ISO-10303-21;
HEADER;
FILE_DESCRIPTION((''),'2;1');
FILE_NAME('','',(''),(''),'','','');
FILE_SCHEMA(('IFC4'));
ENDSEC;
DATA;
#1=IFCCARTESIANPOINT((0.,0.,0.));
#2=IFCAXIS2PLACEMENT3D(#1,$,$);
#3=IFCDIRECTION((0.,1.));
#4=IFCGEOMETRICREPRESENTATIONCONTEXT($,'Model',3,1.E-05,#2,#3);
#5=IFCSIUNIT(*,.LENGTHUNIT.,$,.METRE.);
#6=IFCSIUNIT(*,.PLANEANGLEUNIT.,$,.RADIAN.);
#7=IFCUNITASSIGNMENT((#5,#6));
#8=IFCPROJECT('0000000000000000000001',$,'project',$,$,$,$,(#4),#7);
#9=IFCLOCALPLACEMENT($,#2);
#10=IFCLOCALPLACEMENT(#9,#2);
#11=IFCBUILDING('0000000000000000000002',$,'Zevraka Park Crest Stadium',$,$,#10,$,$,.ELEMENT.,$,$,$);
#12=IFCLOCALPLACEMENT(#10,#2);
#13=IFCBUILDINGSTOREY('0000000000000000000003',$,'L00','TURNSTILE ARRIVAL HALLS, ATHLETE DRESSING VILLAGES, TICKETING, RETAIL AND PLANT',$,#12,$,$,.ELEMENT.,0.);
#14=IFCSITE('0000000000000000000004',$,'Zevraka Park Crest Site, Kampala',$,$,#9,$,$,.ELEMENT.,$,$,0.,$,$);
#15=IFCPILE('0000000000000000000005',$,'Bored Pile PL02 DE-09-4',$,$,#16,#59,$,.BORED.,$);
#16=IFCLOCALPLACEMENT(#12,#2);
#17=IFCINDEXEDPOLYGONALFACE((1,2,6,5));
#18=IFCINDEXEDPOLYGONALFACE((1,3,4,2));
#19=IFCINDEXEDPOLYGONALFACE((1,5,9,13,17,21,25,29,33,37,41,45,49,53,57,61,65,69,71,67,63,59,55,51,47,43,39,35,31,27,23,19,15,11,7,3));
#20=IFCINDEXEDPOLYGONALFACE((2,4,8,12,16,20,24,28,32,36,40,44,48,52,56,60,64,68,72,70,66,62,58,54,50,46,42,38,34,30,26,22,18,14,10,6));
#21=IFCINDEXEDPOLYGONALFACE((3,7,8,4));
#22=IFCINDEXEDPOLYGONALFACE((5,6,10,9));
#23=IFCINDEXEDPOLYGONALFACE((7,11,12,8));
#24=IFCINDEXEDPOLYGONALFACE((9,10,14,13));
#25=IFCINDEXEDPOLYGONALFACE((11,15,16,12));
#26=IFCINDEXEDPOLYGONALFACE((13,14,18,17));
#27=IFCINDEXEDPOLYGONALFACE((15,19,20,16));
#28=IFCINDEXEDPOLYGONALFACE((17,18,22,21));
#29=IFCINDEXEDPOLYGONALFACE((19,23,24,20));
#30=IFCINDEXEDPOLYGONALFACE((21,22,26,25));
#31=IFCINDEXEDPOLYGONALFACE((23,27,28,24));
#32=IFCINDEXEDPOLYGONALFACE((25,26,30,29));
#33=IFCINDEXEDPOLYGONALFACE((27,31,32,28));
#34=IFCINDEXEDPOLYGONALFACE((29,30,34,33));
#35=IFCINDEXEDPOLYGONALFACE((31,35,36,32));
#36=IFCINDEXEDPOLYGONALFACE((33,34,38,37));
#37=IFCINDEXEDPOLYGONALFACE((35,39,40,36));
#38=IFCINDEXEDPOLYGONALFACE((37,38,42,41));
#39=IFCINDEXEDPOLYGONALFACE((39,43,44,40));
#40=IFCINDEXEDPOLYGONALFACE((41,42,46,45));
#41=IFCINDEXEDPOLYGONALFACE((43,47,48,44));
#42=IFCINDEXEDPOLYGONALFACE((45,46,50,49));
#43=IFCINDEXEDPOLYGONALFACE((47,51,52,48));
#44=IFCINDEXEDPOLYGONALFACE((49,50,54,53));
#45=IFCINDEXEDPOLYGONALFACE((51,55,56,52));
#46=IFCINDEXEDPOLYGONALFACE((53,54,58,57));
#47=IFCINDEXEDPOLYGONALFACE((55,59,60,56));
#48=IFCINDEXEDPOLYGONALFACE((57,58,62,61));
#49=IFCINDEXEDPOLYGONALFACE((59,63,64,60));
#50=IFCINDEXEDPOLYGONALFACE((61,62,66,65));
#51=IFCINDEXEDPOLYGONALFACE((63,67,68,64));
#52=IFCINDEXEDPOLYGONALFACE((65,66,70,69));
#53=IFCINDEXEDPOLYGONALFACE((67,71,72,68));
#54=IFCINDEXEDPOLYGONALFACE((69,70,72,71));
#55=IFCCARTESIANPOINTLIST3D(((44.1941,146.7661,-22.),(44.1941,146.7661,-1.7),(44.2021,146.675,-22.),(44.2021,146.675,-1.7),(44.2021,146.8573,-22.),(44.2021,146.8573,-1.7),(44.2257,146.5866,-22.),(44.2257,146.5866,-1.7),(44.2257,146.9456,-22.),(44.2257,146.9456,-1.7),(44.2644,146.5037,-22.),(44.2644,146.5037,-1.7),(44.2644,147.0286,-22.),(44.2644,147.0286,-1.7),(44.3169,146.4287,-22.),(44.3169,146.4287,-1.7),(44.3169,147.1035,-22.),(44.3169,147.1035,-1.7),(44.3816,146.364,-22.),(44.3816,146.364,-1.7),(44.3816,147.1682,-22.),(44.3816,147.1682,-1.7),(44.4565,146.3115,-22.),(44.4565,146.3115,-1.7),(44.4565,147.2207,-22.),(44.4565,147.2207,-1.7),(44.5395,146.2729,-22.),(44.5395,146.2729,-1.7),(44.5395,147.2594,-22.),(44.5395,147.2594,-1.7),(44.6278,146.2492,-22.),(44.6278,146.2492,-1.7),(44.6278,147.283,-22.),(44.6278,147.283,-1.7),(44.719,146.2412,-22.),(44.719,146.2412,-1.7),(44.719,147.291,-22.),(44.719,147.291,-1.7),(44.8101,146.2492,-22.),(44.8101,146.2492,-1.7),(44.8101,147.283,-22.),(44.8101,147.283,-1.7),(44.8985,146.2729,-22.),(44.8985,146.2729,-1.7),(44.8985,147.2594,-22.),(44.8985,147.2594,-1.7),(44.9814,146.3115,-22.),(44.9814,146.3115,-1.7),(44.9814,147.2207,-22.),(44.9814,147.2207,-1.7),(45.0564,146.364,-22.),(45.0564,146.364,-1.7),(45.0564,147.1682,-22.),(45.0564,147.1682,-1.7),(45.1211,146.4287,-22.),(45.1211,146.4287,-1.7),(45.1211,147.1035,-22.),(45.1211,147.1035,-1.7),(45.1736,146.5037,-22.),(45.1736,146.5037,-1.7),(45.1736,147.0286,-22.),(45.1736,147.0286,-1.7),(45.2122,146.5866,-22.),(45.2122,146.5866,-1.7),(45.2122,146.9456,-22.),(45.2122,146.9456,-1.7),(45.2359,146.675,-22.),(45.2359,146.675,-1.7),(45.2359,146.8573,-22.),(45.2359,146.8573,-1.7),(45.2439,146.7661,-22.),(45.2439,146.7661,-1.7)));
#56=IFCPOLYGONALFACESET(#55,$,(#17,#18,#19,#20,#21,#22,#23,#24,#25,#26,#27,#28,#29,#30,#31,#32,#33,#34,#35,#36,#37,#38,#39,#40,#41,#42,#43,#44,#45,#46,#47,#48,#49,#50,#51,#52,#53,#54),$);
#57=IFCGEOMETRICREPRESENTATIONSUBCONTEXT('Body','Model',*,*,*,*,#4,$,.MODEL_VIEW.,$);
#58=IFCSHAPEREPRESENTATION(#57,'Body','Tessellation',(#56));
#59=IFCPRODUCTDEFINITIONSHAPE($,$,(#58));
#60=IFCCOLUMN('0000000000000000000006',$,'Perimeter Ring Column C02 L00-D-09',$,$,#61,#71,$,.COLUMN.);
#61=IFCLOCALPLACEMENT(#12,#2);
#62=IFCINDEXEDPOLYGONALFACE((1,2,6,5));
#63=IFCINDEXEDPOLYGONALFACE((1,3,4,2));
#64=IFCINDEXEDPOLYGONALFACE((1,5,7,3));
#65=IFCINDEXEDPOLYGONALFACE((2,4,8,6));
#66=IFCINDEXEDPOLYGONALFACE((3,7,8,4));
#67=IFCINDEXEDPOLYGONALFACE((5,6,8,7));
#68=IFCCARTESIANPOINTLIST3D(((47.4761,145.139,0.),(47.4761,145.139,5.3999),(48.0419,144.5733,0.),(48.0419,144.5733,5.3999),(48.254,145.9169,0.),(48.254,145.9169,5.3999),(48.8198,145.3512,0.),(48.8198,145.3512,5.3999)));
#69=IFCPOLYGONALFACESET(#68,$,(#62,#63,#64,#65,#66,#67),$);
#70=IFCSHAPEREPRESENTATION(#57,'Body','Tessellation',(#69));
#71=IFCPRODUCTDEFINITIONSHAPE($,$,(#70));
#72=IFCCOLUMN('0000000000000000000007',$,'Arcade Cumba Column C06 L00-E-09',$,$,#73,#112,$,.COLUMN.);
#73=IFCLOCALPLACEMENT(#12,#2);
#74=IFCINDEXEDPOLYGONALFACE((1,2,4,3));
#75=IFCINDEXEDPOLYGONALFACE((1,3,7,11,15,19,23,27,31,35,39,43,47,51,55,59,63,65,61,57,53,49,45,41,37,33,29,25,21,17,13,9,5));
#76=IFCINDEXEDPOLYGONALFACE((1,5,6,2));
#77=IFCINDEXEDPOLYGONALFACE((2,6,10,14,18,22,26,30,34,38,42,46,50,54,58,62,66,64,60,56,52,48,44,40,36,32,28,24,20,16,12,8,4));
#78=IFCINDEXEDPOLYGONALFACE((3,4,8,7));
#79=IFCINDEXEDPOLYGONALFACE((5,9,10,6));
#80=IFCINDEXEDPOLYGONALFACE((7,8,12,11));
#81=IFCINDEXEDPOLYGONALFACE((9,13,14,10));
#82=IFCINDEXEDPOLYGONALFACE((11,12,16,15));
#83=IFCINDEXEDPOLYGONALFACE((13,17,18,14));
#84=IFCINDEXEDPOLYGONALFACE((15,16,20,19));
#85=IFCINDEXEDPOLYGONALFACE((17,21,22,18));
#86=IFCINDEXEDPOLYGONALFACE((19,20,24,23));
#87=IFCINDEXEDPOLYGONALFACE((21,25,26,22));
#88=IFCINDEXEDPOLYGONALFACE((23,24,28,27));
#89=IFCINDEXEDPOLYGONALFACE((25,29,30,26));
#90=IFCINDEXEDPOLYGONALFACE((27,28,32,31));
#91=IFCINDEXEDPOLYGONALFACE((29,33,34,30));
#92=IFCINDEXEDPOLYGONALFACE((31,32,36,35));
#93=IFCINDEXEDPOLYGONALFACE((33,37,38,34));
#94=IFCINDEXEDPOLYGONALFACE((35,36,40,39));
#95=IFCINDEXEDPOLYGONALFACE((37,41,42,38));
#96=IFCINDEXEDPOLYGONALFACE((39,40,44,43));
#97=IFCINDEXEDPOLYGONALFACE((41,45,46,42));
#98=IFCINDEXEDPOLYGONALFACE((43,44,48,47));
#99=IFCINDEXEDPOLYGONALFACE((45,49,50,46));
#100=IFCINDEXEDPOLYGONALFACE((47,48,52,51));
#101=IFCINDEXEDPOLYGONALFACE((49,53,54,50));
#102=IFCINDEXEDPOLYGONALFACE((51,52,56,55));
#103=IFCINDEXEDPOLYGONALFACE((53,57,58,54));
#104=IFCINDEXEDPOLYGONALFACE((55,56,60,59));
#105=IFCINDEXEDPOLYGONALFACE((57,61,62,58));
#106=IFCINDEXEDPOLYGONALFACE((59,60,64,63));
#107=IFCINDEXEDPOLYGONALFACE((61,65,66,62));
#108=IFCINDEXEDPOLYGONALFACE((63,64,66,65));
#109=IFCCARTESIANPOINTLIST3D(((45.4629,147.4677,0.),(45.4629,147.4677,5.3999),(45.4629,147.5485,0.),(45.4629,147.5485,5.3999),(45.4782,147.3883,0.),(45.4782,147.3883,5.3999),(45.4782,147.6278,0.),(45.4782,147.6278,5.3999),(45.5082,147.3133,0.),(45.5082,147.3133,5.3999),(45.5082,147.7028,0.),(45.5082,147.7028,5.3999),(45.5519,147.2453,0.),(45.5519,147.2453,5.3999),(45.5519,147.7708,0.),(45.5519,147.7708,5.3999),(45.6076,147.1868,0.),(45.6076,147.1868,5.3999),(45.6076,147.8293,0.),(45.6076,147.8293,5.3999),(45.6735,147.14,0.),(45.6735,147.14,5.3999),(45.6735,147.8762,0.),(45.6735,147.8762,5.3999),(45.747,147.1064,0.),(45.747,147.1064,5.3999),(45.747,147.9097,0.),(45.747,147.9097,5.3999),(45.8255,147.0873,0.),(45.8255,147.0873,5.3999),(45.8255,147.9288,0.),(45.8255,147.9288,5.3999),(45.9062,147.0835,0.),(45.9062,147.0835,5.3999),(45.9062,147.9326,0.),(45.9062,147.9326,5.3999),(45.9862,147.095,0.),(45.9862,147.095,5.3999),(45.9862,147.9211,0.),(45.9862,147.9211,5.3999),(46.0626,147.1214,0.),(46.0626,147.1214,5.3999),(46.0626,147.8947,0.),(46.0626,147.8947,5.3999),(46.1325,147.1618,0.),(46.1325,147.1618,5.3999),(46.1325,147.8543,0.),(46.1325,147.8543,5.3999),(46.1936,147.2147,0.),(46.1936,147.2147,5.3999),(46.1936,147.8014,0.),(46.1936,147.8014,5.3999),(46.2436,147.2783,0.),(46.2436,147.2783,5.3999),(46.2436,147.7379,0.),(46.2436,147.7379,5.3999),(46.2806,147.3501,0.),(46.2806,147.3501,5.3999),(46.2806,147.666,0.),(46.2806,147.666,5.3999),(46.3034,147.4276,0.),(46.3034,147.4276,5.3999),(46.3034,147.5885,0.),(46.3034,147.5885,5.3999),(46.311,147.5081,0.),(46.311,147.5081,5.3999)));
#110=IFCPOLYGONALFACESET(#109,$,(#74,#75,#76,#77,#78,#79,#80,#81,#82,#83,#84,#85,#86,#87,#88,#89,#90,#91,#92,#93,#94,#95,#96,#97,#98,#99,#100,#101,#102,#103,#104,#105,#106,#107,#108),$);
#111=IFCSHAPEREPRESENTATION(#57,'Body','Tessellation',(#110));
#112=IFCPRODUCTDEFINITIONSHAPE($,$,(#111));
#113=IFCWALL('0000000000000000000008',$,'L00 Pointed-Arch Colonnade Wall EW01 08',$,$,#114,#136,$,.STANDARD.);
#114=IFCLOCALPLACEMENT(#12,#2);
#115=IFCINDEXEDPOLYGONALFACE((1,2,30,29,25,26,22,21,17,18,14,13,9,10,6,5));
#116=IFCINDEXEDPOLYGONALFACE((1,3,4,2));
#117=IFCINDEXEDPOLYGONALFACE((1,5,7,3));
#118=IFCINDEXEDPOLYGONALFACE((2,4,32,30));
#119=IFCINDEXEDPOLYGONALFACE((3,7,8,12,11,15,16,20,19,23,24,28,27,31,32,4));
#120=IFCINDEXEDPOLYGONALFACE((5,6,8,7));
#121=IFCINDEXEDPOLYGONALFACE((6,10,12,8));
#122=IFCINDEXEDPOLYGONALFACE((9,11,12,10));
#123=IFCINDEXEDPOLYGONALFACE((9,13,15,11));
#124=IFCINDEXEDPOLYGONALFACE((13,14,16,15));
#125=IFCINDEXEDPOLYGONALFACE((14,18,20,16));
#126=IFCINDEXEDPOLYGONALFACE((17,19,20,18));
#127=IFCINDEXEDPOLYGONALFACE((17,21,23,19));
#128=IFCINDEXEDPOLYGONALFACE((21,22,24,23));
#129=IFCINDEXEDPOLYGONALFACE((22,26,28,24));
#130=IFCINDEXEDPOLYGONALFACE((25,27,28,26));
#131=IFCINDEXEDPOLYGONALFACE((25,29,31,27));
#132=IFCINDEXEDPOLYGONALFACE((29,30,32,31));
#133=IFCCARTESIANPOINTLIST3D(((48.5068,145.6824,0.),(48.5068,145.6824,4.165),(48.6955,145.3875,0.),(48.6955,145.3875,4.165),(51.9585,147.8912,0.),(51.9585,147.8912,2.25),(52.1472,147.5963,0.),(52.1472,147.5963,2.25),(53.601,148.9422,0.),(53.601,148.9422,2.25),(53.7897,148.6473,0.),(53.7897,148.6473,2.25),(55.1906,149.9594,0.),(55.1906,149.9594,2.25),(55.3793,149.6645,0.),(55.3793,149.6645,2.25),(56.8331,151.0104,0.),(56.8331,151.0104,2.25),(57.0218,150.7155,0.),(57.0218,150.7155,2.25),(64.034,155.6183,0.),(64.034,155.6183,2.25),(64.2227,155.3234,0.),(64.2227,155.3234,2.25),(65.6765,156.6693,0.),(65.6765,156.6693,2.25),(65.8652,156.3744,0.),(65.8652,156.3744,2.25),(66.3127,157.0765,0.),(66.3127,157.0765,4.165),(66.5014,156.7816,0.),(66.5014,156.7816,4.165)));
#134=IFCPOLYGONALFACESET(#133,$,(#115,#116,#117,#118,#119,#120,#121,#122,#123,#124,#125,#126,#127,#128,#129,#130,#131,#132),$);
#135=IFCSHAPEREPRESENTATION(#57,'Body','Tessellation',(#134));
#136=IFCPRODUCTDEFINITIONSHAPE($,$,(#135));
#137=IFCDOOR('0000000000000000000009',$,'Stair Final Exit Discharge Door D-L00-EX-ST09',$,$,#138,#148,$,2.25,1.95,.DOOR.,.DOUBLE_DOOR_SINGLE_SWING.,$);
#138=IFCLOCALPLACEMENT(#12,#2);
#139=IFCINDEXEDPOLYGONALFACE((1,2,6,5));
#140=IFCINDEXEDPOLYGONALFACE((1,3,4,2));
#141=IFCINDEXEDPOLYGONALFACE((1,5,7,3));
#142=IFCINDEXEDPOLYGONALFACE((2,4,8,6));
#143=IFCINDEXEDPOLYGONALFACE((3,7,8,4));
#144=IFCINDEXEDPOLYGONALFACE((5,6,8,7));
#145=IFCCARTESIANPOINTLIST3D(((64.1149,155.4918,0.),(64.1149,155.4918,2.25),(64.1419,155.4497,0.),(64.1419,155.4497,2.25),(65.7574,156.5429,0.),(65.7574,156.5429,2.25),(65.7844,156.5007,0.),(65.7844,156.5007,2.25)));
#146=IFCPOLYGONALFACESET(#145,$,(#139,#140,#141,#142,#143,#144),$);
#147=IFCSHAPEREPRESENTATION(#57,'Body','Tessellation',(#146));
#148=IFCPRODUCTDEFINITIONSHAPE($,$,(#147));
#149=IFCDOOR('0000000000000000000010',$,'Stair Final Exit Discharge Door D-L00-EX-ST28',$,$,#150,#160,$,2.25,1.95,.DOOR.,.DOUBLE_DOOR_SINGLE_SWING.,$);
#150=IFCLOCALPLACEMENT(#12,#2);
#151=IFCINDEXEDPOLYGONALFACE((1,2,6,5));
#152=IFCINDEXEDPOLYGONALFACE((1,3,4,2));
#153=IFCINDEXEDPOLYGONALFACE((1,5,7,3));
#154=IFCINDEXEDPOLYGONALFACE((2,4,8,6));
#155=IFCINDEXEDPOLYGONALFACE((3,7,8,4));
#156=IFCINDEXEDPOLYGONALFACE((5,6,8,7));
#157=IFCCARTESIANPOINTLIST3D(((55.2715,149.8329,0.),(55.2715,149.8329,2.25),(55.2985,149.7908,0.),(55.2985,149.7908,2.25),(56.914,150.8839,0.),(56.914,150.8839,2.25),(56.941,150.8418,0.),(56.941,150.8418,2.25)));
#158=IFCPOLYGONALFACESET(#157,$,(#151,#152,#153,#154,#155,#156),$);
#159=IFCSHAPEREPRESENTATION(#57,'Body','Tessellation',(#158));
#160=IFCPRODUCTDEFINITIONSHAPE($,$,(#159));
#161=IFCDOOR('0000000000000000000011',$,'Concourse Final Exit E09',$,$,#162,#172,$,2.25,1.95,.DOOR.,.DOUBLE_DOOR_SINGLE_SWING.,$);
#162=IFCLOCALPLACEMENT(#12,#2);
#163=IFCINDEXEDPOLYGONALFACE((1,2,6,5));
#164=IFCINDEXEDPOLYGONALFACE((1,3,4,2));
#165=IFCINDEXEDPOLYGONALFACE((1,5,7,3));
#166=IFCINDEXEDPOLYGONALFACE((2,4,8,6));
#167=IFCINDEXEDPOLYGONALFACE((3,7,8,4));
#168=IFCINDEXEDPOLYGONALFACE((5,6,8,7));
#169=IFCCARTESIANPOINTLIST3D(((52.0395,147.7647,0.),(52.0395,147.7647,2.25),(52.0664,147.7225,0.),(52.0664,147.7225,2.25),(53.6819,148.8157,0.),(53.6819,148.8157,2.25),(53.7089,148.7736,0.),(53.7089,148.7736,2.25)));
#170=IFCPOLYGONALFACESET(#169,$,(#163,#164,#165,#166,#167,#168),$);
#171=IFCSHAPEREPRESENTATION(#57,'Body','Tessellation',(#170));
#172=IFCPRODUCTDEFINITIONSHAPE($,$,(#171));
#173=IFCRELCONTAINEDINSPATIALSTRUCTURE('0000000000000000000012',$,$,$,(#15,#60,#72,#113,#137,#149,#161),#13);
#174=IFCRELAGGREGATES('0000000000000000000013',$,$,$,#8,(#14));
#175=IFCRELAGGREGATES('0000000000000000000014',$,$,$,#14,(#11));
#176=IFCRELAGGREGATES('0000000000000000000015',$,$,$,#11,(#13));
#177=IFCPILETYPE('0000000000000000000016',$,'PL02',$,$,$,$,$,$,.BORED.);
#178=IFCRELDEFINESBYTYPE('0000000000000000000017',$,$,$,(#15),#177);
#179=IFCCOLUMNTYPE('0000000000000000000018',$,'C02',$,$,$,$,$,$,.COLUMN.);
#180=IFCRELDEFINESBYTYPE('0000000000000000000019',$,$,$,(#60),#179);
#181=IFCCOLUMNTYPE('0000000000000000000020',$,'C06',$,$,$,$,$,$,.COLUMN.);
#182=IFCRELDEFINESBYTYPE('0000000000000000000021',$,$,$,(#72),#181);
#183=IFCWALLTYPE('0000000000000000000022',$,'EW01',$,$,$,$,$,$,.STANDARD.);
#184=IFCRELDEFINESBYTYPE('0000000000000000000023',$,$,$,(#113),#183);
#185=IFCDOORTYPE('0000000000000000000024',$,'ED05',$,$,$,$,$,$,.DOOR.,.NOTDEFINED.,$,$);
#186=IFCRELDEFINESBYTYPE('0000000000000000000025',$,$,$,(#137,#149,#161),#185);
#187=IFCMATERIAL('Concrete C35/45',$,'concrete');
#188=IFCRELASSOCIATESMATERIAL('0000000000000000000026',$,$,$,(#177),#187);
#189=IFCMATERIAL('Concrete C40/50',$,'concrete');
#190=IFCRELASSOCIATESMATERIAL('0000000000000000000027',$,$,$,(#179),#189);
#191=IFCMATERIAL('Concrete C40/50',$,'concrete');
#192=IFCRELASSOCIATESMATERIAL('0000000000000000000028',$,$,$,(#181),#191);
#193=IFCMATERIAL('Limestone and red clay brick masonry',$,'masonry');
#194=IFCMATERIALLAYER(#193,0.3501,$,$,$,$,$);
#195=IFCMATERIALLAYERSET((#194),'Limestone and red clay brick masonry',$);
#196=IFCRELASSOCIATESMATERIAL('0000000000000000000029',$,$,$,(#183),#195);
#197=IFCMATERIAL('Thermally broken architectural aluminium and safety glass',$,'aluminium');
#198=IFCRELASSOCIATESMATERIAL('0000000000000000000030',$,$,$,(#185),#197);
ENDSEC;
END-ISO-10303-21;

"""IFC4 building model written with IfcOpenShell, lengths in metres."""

from ifc_helpers import new_model, si_unit, direction, frame, frame_2d, origin, origin_2d, place, context, subcontext, project, spatial, rectangle, circle, extrude, material, layer, layer_set, material_profile, profile_set, type_object, element, fill, save


model = new_model("IFC4")

# Units and contexts
model_context = context("Model", 3, precision=1e-05, world=origin(), true_north=direction((0.0, 1.0)))
body_context = subcontext(model_context, "Body", "Model", "MODEL_VIEW")
ifc_project = project(units=[si_unit("LENGTHUNIT", "METRE"), si_unit("PLANEANGLEUNIT", "RADIAN")], contexts=[model_context])

# Site, building, storey
site_placement = place(None, origin())
site = spatial("IfcSite", under=ifc_project, at=site_placement, Name="Zevraka Park Crest Site, Kampala", CompositionType="ELEMENT", RefElevation=0.0)
building_placement = place(site_placement, origin())
building = spatial("IfcBuilding", under=site, at=building_placement, Name="Zevraka Park Crest Stadium", CompositionType="ELEMENT")
storey_placement = place(building_placement, origin())
storey = spatial("IfcBuildingStorey", under=building, at=storey_placement, Name="L00", Description="TURNSTILE ARRIVAL HALLS, ATHLETE DRESSING VILLAGES, TICKETING, RETAIL AND PLANT", CompositionType="ELEMENT", Elevation=0.0)

# Pile
ifc_material_1 = material(Name="Concrete C35/45", Category="concrete")
ifc_material_profile_1 = material_profile(ifc_material_1, circle(Radius=0.5249, at=origin_2d()), Name="PILE D1050")
ifc_profile_set_1 = profile_set([ifc_material_profile_1], Name="Concrete C35/45")
pile_type_1 = type_object("IfcPileType", Name="PL02", PredefinedType="BORED", material=ifc_profile_set_1)
for number, where, z_axis, x_axis, name in (
    (1, (44.719, 146.7661, -1.7), (0.0, 0.0, -1.0), (1.0, 0.0, 0.0), "Bored Pile PL02 DE-09-4"),
):
    element("IfcPile", number, at=place(storey_placement, frame(where, z_axis=z_axis, x_axis=x_axis)), inside=storey, type_object=pile_type_1, Name=name, PredefinedType="BORED", context=body_context, shape_type="SweptSolid", body=[
        extrude(circle(Radius=0.5249, at=origin_2d()), origin(), (0.0, 0.0, 1.0), 20.3),
    ])

# Columns
ifc_material_2 = material(Name="Concrete C40/50", Category="concrete")
ifc_material_profile_2 = material_profile(ifc_material_2, rectangle(XDim=0.8, YDim=1.1001, at=origin_2d()), Name="RC 1100x800")
ifc_profile_set_2 = profile_set([ifc_material_profile_2], Name="Concrete C40/50")
column_type_1 = type_object("IfcColumnType", Name="C02", PredefinedType="COLUMN", material=ifc_profile_set_2)
column_1_placement = place(storey_placement, frame((48.1479, 145.2451, 0.0), z_axis=(0.0, 0.0, 1.0), x_axis=(-0.707107, 0.707107, 0.0)))
element("IfcColumn", 2, at=column_1_placement, inside=storey, type_object=column_type_1, Name="Perimeter Ring Column C02 L00-D-09", PredefinedType="COLUMN", context=body_context, shape_type="SweptSolid", body=[
    extrude(rectangle(XDim=0.8, YDim=1.1001, at=origin_2d()), origin(), (0.0, 0.0, 1.0), 5.3999),
])
ifc_material_3 = material(Name="Concrete C40/50", Category="concrete")
ifc_material_profile_3 = material_profile(ifc_material_3, circle(Radius=0.425, at=origin_2d()), Name="RC D850")
ifc_profile_set_3 = profile_set([ifc_material_profile_3], Name="Concrete C40/50")
column_type_2 = type_object("IfcColumnType", Name="C06", PredefinedType="COLUMN", material=ifc_profile_set_3)
column_2_placement = place(storey_placement, frame((45.886, 147.5081, 0.0), z_axis=(0.0, 0.0, 1.0), x_axis=(1.0, 0.0, 0.0)))
element("IfcColumn", 3, at=column_2_placement, inside=storey, type_object=column_type_2, Name="Arcade Cumba Column C06 L00-E-09", PredefinedType="COLUMN", context=body_context, shape_type="SweptSolid", body=[
    extrude(circle(Radius=0.425, at=origin_2d()), origin(), (0.0, 0.0, 1.0), 5.3999),
])

# Wall, openings, doors
ifc_material_4 = material(Name="Limestone and red clay brick masonry", Category="masonry")
ifc_layer_1 = layer(ifc_material_4, 0.3501)
ifc_layer_set_1 = layer_set([ifc_layer_1], Name="Limestone and red clay brick masonry")
wall_type_1 = type_object("IfcWallType", Name="EW01", PredefinedType="STANDARD", material=ifc_layer_set_1)
wall_1_placement = place(storey_placement, frame((48.6011, 145.5349, 0.0), z_axis=(0.0, 0.0, 1.0), x_axis=(0.842309, 0.538995, 0.0)))
wall_1 = element("IfcWall", 4, at=wall_1_placement, inside=storey, type_object=wall_type_1, Name="L00 Pointed-Arch Colonnade Wall EW01 08", PredefinedType="STANDARD", context=body_context, shape_type="SweptSolid", body=[
    extrude(rectangle(XDim=21.1394, YDim=0.3501, at=frame_2d((10.5698, 0.0))), origin(), (0.0, 0.0, 1.0), 4.165),
])
opening_1_placement = place(wall_1_placement, frame((18.4341, 0.0, 0.0)))
opening_1 = element("IfcOpeningElement", 5, at=opening_1_placement, cuts=wall_1, PredefinedType="OPENING", context=body_context, shape_type="SweptSolid", body=[
    extrude(rectangle(XDim=1.95, YDim=2.25, at=frame_2d((0.9751, 1.125))), frame((0.0, 0.1851, 0.0), z_axis=(0.0, -1.0, 0.0), x_axis=(1.0, 0.0, 0.0)), (0.0, 0.0, 1.0), 0.3701),
])
opening_2_placement = place(wall_1_placement, frame((7.9351, 0.0, 0.0)))
opening_2 = element("IfcOpeningElement", 6, at=opening_2_placement, cuts=wall_1, PredefinedType="OPENING", context=body_context, shape_type="SweptSolid", body=[
    extrude(rectangle(XDim=1.95, YDim=2.25, at=frame_2d((0.9751, 1.125))), frame((0.0, 0.1851, 0.0), z_axis=(0.0, -1.0, 0.0), x_axis=(1.0, 0.0, 0.0)), (0.0, 0.0, 1.0), 0.3701),
])
opening_3_placement = place(wall_1_placement, frame((4.0979, 0.0, 0.0)))
opening_3 = element("IfcOpeningElement", 7, at=opening_3_placement, cuts=wall_1, PredefinedType="OPENING", context=body_context, shape_type="SweptSolid", body=[
    extrude(rectangle(XDim=1.95, YDim=2.25, at=frame_2d((0.9751, 1.125))), frame((0.0, 0.1851, 0.0), z_axis=(0.0, -1.0, 0.0), x_axis=(1.0, 0.0, 0.0)), (0.0, 0.0, 1.0), 0.3701),
])
ifc_material_5 = material(Name="Thermally broken architectural aluminium and safety glass", Category="aluminium")
door_type_1 = type_object("IfcDoorType", Name="ED05", OperationType="NOTDEFINED", PredefinedType="DOOR", material=ifc_material_5)
door_1_placement = place(opening_1_placement, origin())
door_1 = element("IfcDoor", 8, at=door_1_placement, inside=storey, type_object=door_type_1, Name="Stair Final Exit Discharge Door D-L00-EX-ST09", OperationType="DOUBLE_DOOR_SINGLE_SWING", OverallHeight=2.25, OverallWidth=1.95, PredefinedType="DOOR", context=body_context, shape_type="SweptSolid", body=[
    extrude(rectangle(XDim=1.95, YDim=2.25, at=frame_2d((0.9751, 1.125))), frame((0.0, 0.0249, 0.0), z_axis=(0.0, -1.0, 0.0), x_axis=(1.0, 0.0, 0.0)), (0.0, 0.0, 1.0), 0.05),
])
fill(opening_1, door_1)
door_2_placement = place(opening_2_placement, origin())
door_2 = element("IfcDoor", 9, at=door_2_placement, inside=storey, type_object=door_type_1, Name="Stair Final Exit Discharge Door D-L00-EX-ST28", OperationType="DOUBLE_DOOR_SINGLE_SWING", OverallHeight=2.25, OverallWidth=1.95, PredefinedType="DOOR", context=body_context, shape_type="SweptSolid", body=[
    extrude(rectangle(XDim=1.95, YDim=2.25, at=frame_2d((0.9751, 1.125))), frame((0.0, 0.0249, 0.0), z_axis=(0.0, -1.0, 0.0), x_axis=(1.0, 0.0, 0.0)), (0.0, 0.0, 1.0), 0.05),
])
fill(opening_2, door_2)
door_3_placement = place(opening_3_placement, origin())
door_3 = element("IfcDoor", 10, at=door_3_placement, inside=storey, type_object=door_type_1, Name="Concourse Final Exit E09", OperationType="DOUBLE_DOOR_SINGLE_SWING", OverallHeight=2.25, OverallWidth=1.95, PredefinedType="DOOR", context=body_context, shape_type="SweptSolid", body=[
    extrude(rectangle(XDim=1.95, YDim=2.25, at=frame_2d((0.9751, 1.125))), frame((0.0, 0.0249, 0.0), z_axis=(0.0, -1.0, 0.0), x_axis=(1.0, 0.0, 0.0)), (0.0, 0.0, 1.0), 0.05),
])
fill(opening_3, door_3)

save(model, "model.ifc")
